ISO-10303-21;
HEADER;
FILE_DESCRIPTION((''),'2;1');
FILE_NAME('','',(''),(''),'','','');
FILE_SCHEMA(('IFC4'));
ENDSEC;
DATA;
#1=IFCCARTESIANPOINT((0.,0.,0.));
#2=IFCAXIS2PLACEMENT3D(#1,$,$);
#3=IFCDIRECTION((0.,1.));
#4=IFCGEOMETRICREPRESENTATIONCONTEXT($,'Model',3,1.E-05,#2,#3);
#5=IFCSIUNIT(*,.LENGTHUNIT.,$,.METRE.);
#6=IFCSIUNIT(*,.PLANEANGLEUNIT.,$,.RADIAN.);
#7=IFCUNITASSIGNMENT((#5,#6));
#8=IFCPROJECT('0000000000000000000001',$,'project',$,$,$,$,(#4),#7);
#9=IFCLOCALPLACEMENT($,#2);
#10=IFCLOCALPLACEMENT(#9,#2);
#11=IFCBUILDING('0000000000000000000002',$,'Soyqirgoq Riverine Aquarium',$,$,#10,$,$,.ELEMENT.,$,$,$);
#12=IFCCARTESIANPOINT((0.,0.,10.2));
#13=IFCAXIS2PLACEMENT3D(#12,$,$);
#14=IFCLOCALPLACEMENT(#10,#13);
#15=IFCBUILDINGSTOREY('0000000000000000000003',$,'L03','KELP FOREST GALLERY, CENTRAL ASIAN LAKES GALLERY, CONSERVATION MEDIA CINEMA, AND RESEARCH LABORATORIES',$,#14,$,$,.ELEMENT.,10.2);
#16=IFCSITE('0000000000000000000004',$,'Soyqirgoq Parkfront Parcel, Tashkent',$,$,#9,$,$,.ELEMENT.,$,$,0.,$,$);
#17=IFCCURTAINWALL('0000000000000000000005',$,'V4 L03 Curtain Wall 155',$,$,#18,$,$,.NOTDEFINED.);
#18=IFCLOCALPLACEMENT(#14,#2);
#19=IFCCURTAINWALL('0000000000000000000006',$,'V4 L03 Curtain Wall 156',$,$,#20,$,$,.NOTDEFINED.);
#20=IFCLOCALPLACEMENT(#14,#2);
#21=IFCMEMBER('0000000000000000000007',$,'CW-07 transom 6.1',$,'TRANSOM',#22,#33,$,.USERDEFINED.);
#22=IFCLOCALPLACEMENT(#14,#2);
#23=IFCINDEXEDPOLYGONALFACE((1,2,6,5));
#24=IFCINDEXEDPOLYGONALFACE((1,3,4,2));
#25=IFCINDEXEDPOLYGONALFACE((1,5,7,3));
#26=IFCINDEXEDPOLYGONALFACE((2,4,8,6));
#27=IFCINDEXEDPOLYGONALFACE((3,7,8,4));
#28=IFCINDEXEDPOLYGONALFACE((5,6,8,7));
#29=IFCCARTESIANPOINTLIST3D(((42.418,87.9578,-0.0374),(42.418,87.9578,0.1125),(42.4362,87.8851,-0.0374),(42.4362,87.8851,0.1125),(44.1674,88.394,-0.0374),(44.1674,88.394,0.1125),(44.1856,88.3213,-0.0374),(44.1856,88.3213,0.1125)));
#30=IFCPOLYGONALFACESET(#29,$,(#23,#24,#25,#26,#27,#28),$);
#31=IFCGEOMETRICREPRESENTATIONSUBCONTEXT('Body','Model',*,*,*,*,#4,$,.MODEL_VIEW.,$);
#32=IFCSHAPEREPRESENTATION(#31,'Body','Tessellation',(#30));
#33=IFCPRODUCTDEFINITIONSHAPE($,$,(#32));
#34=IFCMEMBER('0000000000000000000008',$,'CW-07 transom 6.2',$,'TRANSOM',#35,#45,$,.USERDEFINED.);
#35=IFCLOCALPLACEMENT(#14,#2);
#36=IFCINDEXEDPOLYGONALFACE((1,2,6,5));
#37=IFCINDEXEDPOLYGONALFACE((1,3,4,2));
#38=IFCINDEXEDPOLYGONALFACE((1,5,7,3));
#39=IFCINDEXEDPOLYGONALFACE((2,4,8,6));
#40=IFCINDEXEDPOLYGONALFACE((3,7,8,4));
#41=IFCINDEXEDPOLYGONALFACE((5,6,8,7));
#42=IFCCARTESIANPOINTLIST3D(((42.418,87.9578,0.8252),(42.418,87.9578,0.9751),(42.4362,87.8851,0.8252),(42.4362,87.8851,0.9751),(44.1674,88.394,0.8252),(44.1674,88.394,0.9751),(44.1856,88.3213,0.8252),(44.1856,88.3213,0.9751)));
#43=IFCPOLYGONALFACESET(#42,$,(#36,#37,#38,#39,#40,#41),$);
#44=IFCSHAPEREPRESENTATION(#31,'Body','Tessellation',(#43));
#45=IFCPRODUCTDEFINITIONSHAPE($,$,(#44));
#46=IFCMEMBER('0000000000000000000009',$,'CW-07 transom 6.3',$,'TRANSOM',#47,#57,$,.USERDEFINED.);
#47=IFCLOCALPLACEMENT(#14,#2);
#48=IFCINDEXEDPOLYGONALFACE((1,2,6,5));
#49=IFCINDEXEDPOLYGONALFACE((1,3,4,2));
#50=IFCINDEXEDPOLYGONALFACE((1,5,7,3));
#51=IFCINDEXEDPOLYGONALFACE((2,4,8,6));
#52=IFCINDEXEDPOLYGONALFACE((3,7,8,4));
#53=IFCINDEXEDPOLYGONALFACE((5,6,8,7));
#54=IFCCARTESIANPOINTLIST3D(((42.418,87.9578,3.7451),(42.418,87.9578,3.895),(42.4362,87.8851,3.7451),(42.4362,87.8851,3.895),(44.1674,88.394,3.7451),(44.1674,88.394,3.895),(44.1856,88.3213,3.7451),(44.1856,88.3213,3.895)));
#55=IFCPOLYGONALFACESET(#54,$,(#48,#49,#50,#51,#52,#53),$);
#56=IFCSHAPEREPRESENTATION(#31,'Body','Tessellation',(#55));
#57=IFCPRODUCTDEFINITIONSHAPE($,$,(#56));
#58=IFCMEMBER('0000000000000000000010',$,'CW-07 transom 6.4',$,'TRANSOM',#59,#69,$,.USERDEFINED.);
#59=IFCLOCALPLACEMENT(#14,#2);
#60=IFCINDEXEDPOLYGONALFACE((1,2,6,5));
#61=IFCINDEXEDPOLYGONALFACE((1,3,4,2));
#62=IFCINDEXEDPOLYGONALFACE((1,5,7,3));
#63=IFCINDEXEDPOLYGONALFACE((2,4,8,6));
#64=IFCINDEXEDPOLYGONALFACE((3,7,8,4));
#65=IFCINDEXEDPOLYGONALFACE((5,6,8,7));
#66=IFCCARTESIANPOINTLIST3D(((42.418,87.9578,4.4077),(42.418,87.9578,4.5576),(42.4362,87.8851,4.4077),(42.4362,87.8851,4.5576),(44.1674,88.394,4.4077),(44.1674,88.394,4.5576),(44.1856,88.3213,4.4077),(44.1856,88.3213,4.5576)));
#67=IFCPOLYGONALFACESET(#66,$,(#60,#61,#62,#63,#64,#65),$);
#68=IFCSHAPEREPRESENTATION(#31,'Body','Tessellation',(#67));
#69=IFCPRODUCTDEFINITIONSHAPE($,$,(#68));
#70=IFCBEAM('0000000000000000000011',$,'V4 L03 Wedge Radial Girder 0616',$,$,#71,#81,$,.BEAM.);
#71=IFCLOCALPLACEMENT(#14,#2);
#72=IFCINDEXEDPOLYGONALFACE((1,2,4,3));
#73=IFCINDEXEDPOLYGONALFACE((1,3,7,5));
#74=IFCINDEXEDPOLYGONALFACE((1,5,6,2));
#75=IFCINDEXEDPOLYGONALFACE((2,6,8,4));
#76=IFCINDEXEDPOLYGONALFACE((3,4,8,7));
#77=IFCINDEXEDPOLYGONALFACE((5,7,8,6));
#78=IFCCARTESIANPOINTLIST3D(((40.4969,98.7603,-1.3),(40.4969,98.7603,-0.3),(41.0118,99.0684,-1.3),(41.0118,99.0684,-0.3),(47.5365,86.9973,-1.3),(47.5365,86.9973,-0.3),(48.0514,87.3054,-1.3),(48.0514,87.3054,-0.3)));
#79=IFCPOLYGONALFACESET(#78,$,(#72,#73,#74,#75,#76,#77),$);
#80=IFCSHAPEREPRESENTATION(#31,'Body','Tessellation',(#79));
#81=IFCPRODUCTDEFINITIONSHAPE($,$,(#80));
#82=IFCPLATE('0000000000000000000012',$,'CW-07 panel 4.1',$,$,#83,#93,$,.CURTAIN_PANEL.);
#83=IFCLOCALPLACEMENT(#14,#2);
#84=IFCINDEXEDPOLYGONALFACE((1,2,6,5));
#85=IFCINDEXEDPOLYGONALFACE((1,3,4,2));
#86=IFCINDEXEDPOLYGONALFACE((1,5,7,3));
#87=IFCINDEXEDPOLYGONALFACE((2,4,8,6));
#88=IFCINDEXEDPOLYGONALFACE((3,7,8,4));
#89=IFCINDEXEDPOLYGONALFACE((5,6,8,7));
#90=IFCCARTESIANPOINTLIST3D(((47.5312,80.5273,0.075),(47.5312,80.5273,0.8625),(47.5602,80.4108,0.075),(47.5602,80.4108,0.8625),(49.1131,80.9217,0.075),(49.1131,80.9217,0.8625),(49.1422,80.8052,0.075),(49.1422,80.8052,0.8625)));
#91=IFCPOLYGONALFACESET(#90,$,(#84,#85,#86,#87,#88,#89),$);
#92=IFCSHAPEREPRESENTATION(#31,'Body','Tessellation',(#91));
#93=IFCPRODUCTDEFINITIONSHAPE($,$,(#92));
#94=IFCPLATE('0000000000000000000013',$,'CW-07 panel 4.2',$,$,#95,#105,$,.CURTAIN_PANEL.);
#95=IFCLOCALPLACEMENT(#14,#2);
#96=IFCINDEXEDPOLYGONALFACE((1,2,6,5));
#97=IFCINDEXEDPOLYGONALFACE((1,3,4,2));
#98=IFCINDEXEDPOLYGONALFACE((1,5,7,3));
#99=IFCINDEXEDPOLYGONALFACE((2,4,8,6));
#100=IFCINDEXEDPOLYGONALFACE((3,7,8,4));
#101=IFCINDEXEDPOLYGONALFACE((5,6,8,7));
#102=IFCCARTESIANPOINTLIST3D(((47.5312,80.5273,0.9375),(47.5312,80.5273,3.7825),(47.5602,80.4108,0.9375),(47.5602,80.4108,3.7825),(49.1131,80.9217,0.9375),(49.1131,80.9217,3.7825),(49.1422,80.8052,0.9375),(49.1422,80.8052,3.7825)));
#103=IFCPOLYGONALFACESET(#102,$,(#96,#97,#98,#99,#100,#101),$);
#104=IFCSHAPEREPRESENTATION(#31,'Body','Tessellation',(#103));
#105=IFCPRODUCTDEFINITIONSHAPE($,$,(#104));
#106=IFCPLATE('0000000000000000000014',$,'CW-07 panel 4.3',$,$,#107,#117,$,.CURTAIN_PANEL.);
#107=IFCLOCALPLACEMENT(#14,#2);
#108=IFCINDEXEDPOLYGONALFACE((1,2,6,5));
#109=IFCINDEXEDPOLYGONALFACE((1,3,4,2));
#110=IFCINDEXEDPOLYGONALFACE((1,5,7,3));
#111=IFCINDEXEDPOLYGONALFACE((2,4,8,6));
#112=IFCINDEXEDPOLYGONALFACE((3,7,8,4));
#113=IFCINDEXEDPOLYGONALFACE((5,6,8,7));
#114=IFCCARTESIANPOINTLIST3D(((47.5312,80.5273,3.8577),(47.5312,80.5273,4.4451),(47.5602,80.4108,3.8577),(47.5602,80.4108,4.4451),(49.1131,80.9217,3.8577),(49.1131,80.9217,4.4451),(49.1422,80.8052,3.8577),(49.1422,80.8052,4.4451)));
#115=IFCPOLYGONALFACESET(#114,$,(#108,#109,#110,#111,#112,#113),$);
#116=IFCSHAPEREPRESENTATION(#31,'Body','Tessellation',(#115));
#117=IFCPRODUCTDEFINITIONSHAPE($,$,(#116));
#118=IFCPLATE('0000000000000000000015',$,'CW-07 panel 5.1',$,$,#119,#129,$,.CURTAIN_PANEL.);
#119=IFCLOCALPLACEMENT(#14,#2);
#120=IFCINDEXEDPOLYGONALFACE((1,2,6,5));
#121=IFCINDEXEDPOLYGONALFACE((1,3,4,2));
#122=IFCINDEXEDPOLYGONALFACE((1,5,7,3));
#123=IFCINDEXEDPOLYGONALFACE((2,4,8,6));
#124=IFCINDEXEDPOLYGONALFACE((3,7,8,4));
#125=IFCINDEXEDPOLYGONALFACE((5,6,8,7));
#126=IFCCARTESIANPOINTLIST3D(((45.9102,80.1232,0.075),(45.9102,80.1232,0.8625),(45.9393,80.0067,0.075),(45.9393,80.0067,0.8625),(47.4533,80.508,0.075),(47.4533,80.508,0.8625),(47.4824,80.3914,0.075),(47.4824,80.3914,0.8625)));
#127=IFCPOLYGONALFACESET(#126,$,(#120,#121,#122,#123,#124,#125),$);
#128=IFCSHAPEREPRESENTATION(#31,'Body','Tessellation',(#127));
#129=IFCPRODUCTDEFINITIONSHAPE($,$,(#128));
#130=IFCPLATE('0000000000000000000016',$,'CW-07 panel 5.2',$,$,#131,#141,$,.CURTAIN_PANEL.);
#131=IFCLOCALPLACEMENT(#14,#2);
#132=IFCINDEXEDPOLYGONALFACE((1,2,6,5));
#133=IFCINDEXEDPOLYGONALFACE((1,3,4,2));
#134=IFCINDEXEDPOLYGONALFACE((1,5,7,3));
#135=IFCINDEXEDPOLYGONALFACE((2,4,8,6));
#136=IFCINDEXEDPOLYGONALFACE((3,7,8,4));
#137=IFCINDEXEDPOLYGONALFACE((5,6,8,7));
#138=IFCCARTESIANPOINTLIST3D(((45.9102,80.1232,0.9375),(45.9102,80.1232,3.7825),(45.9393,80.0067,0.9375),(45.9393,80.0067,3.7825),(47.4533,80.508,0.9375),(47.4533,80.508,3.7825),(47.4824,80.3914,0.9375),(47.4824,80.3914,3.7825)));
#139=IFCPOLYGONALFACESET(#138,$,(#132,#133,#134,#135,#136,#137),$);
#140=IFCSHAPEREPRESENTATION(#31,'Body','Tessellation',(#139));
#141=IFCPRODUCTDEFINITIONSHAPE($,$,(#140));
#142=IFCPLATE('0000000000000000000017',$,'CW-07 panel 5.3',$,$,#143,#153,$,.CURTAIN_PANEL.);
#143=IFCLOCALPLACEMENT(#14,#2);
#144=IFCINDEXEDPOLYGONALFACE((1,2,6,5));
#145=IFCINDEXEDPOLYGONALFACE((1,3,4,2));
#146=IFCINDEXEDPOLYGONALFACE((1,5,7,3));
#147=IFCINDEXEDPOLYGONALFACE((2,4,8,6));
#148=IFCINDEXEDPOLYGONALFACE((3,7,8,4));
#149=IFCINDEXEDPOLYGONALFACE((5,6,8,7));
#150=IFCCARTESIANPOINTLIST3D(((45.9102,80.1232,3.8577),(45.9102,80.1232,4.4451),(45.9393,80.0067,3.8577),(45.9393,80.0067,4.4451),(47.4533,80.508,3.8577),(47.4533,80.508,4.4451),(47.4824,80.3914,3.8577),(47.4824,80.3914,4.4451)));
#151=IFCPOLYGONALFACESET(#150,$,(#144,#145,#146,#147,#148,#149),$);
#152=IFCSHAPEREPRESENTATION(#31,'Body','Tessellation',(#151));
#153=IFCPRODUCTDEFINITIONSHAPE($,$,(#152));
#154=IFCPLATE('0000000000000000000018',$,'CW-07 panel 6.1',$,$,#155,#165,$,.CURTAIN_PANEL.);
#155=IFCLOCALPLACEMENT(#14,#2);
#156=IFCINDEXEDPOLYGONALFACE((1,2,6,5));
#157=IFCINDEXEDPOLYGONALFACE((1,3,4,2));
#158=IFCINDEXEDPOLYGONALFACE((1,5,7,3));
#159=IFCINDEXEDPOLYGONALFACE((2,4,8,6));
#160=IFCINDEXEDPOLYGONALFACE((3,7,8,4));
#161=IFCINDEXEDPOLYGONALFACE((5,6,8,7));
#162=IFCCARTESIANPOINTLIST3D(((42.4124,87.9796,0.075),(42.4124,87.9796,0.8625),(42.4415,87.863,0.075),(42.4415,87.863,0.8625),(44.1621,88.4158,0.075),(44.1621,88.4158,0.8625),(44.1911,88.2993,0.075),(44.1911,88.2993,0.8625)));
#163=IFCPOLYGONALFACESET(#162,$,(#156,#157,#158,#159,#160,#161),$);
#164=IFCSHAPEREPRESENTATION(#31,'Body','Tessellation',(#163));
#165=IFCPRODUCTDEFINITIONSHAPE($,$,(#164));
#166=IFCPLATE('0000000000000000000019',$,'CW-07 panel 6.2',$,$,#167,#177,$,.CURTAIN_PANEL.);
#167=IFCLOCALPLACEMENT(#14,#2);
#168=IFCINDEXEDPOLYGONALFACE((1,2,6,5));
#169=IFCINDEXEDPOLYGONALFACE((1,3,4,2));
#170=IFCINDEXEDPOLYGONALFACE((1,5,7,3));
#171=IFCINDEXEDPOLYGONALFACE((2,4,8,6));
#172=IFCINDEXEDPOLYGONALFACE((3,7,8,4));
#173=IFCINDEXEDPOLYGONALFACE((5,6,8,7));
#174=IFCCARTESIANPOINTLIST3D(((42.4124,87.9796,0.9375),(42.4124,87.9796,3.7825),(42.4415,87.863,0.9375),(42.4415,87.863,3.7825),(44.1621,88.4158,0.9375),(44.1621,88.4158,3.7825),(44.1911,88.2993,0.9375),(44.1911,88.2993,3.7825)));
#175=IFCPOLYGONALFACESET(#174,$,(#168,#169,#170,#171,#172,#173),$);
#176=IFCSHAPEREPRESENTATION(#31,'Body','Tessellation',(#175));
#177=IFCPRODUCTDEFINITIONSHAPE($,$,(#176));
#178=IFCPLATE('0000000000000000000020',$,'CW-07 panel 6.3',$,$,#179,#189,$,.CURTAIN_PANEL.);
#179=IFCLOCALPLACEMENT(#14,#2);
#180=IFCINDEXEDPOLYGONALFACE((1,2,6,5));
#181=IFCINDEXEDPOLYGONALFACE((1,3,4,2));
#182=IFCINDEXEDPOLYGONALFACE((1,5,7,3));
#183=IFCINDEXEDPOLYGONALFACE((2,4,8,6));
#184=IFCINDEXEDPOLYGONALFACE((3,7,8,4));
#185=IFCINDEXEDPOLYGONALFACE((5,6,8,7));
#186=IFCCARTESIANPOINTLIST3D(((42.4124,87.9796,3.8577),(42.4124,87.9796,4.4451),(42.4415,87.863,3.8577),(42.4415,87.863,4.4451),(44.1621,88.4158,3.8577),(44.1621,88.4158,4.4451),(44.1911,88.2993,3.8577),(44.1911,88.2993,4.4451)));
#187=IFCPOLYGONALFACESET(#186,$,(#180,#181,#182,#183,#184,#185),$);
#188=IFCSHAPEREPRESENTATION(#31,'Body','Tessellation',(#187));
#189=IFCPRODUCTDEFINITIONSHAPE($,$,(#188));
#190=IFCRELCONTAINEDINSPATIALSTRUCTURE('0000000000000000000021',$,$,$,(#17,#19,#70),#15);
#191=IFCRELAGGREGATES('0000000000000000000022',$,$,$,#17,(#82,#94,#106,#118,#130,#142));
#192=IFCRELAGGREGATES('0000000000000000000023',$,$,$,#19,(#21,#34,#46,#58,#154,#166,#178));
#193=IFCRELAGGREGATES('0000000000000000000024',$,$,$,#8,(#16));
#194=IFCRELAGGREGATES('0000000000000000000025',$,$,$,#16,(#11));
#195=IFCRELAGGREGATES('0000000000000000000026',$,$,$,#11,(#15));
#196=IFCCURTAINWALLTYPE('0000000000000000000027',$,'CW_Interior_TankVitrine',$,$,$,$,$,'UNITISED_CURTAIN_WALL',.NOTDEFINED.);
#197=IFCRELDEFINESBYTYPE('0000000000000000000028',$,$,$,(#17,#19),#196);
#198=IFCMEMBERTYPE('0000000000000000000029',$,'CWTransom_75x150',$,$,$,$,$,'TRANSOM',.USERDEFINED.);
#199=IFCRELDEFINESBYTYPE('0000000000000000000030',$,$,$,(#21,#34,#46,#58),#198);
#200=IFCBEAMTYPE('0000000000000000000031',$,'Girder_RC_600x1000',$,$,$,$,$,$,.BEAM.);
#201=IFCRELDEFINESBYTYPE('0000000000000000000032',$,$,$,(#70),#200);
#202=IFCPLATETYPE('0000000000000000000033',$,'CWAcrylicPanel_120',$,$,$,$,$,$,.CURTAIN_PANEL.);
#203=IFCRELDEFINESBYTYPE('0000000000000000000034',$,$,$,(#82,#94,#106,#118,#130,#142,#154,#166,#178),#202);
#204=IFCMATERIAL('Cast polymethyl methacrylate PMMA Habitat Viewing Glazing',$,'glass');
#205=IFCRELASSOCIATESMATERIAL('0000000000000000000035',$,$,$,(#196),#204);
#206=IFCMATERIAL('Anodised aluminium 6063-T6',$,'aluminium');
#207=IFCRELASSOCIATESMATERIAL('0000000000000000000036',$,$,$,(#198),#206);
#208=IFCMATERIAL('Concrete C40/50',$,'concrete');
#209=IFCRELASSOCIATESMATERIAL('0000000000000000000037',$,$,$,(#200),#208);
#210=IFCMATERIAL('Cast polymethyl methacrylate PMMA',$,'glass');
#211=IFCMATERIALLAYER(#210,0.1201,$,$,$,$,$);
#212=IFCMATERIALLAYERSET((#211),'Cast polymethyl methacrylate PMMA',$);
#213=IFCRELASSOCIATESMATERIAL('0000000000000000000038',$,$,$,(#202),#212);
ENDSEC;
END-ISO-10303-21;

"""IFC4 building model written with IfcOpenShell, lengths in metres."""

from ifc_helpers import new_model, si_unit, direction, frame, origin, origin_2d, place, context, subcontext, project, spatial, rectangle, extrude, material, layer, layer_set, material_profile, profile_set, type_object, element, aggregate, save


model = new_model("IFC4")

# Units and contexts
model_context = context("Model", 3, precision=1e-05, world=origin(), true_north=direction((0.0, 1.0)))
body_context = subcontext(model_context, "Body", "Model", "MODEL_VIEW")
ifc_project = project(units=[si_unit("LENGTHUNIT", "METRE"), si_unit("PLANEANGLEUNIT", "RADIAN")], contexts=[model_context])

# Site, building, storey
site_placement = place(None, origin())
site = spatial("IfcSite", under=ifc_project, at=site_placement, Name="Soyqirgoq Parkfront Parcel, Tashkent", CompositionType="ELEMENT", RefElevation=0.0)
building_placement = place(site_placement, origin())
building = spatial("IfcBuilding", under=site, at=building_placement, Name="Soyqirgoq Riverine Aquarium", CompositionType="ELEMENT")
storey_placement = place(building_placement, frame((0.0, 0.0, 10.2)))
storey = spatial("IfcBuildingStorey", under=building, at=storey_placement, Name="L03", Description="KELP FOREST GALLERY, CENTRAL ASIAN LAKES GALLERY, CONSERVATION MEDIA CINEMA, AND RESEARCH LABORATORIES", CompositionType="ELEMENT", Elevation=10.2)

# Curtain wall
ifc_material_1 = material(Name="Cast polymethyl methacrylate PMMA Habitat Viewing Glazing", Category="glass")
curtain_wall_type = type_object("IfcCurtainWallType", Name="CW_Interior_TankVitrine", ElementType="UNITISED_CURTAIN_WALL", PredefinedType="NOTDEFINED", material=ifc_material_1)
curtain_wall_1_placement = place(storey_placement, origin())
curtain_wall_1 = element("IfcCurtainWall", 1, at=curtain_wall_1_placement, inside=storey, type_object=curtain_wall_type, Name="V4 L03 Curtain Wall 155", PredefinedType="NOTDEFINED")

# Curtain wall
curtain_wall_2_placement = place(storey_placement, origin())
curtain_wall_2 = element("IfcCurtainWall", 2, at=curtain_wall_2_placement, inside=storey, type_object=curtain_wall_type, Name="V4 L03 Curtain Wall 156", PredefinedType="NOTDEFINED")

# Members
ifc_material_2 = material(Name="Anodised aluminium 6063-T6", Category="aluminium")
ifc_material_profile_1 = material_profile(ifc_material_2, rectangle(XDim=0.075, YDim=0.1499, at=origin_2d()), Name="ALU-T 75x150")
ifc_profile_set_1 = profile_set([ifc_material_profile_1], Name="Anodised aluminium 6063-T6")
member_type_1 = type_object("IfcMemberType", Name="CWTransom_75x150", ElementType="TRANSOM", PredefinedType="USERDEFINED", material=ifc_profile_set_1)
member_1_placement = place(storey_placement, frame((44.1765, 88.3577, 0.0376), z_axis=(-0.970286, -0.241962, 0.0), x_axis=(0.241962, -0.970286, 0.0)))
member_1 = element("IfcMember", 3, at=member_1_placement, type_object=member_type_1, Name="CW-07 transom 6.1", ObjectType="TRANSOM", PredefinedType="USERDEFINED", context=body_context, shape_type="SweptSolid", body=[
    extrude(rectangle(XDim=0.075, YDim=0.1499, at=origin_2d()), origin(), (0.0, 0.0, 1.0), 1.803),
])
member_2_placement = place(storey_placement, frame((44.1765, 88.3577, 0.9001), z_axis=(-0.970286, -0.241962, 0.0), x_axis=(0.241962, -0.970286, 0.0)))
member_2 = element("IfcMember", 4, at=member_2_placement, type_object=member_type_1, Name="CW-07 transom 6.2", ObjectType="TRANSOM", PredefinedType="USERDEFINED", context=body_context, shape_type="SweptSolid", body=[
    extrude(rectangle(XDim=0.075, YDim=0.1499, at=origin_2d()), origin(), (0.0, 0.0, 1.0), 1.803),
])
member_3_placement = place(storey_placement, frame((44.1765, 88.3577, 3.8201), z_axis=(-0.970286, -0.241962, 0.0), x_axis=(0.241962, -0.970286, 0.0)))
member_3 = element("IfcMember", 5, at=member_3_placement, type_object=member_type_1, Name="CW-07 transom 6.3", ObjectType="TRANSOM", PredefinedType="USERDEFINED", context=body_context, shape_type="SweptSolid", body=[
    extrude(rectangle(XDim=0.075, YDim=0.1499, at=origin_2d()), origin(), (0.0, 0.0, 1.0), 1.803),
])
member_4_placement = place(storey_placement, frame((44.1765, 88.3577, 4.4827), z_axis=(-0.970286, -0.241962, 0.0), x_axis=(0.241962, -0.970286, 0.0)))
member_4 = element("IfcMember", 6, at=member_4_placement, type_object=member_type_1, Name="CW-07 transom 6.4", ObjectType="TRANSOM", PredefinedType="USERDEFINED", context=body_context, shape_type="SweptSolid", body=[
    extrude(rectangle(XDim=0.075, YDim=0.1499, at=origin_2d()), origin(), (0.0, 0.0, 1.0), 1.803),
])

# Beam
ifc_material_3 = material(Name="Concrete C40/50", Category="concrete")
ifc_material_profile_2 = material_profile(ifc_material_3, rectangle(XDim=0.6001, YDim=1.0, at=origin_2d()), Name="RC 600x1000")
ifc_profile_set_2 = profile_set([ifc_material_profile_2], Name="Concrete C40/50")
beam_type_1 = type_object("IfcBeamType", Name="Girder_RC_600x1000", PredefinedType="BEAM", material=ifc_profile_set_2)
beam_1_placement = place(storey_placement, frame((47.7939, 87.1514, -0.8), z_axis=(-0.513519, 0.858079, 0.0), x_axis=(-0.858079, -0.513519, 0.0)))
element("IfcBeam", 7, at=beam_1_placement, inside=storey, type_object=beam_type_1, Name="V4 L03 Wedge Radial Girder 0616", PredefinedType="BEAM", context=body_context, shape_type="SweptSolid", body=[
    extrude(rectangle(XDim=0.6001, YDim=1.0, at=origin_2d()), origin(), (0.0, 0.0, 1.0), 13.7085),
])

# Plates
ifc_material_4 = material(Name="Cast polymethyl methacrylate PMMA", Category="glass")
ifc_layer_1 = layer(ifc_material_4, 0.1201)
ifc_layer_set_1 = layer_set([ifc_layer_1], Name="Cast polymethyl methacrylate PMMA")
plate_type = type_object("IfcPlateType", Name="CWAcrylicPanel_120", PredefinedType="CURTAIN_PANEL", material=ifc_layer_set_1)
plate_1_placement = place(storey_placement, frame((48.3367, 80.6663, 0.075), z_axis=(0.0, 0.0, 1.0), x_axis=(-0.970296, -0.241922, 0.0)))
plate_1 = element("IfcPlate", 8, at=plate_1_placement, type_object=plate_type, Name="CW-07 panel 4.1", PredefinedType="CURTAIN_PANEL", context=body_context, shape_type="SweptSolid", body=[
    extrude(rectangle(XDim=1.6304, YDim=0.1201, at=origin_2d()), origin(), (0.0, 0.0, 1.0), 0.7876),
])
plate_2_placement = place(storey_placement, frame((48.3367, 80.6663, 0.9375), z_axis=(0.0, 0.0, 1.0), x_axis=(-0.970296, -0.241922, 0.0)))
plate_2 = element("IfcPlate", 9, at=plate_2_placement, type_object=plate_type, Name="CW-07 panel 4.2", PredefinedType="CURTAIN_PANEL", context=body_context, shape_type="SweptSolid", body=[
    extrude(rectangle(XDim=1.6304, YDim=0.1201, at=origin_2d()), origin(), (0.0, 0.0, 1.0), 2.845),
])
plate_3_placement = place(storey_placement, frame((48.3367, 80.6663, 3.8577), z_axis=(0.0, 0.0, 1.0), x_axis=(-0.970296, -0.241922, 0.0)))
plate_3 = element("IfcPlate", 10, at=plate_3_placement, type_object=plate_type, Name="CW-07 panel 4.3", PredefinedType="CURTAIN_PANEL", context=body_context, shape_type="SweptSolid", body=[
    extrude(rectangle(XDim=1.6304, YDim=0.1201, at=origin_2d()), origin(), (0.0, 0.0, 1.0), 0.5874),
])
plate_4_placement = place(storey_placement, frame((46.6963, 80.2573, 0.075), z_axis=(0.0, 0.0, 1.0), x_axis=(-0.970296, -0.241922, 0.0)))
plate_4 = element("IfcPlate", 11, at=plate_4_placement, type_object=plate_type, Name="CW-07 panel 5.1", PredefinedType="CURTAIN_PANEL", context=body_context, shape_type="SweptSolid", body=[
    extrude(rectangle(XDim=1.5903, YDim=0.1201, at=origin_2d()), origin(), (0.0, 0.0, 1.0), 0.7876),
])
plate_5_placement = place(storey_placement, frame((46.6963, 80.2573, 0.9375), z_axis=(0.0, 0.0, 1.0), x_axis=(-0.970296, -0.241922, 0.0)))
plate_5 = element("IfcPlate", 12, at=plate_5_placement, type_object=plate_type, Name="CW-07 panel 5.2", PredefinedType="CURTAIN_PANEL", context=body_context, shape_type="SweptSolid", body=[
    extrude(rectangle(XDim=1.5903, YDim=0.1201, at=origin_2d()), origin(), (0.0, 0.0, 1.0), 2.845),
])
plate_6_placement = place(storey_placement, frame((46.6963, 80.2573, 3.8577), z_axis=(0.0, 0.0, 1.0), x_axis=(-0.970296, -0.241922, 0.0)))
plate_6 = element("IfcPlate", 13, at=plate_6_placement, type_object=plate_type, Name="CW-07 panel 5.3", PredefinedType="CURTAIN_PANEL", context=body_context, shape_type="SweptSolid", body=[
    extrude(rectangle(XDim=1.5903, YDim=0.1201, at=origin_2d()), origin(), (0.0, 0.0, 1.0), 0.5874),
])
aggregate(curtain_wall_1, [plate_1, plate_2, plate_3, plate_4, plate_5, plate_6])
plate_7_placement = place(storey_placement, frame((43.3018, 88.1394, 0.075), z_axis=(0.0, 0.0, 1.0), x_axis=(-0.970295, -0.241926, 0.0)))
plate_7 = element("IfcPlate", 14, at=plate_7_placement, type_object=plate_type, Name="CW-07 panel 6.1", PredefinedType="CURTAIN_PANEL", context=body_context, shape_type="SweptSolid", body=[
    extrude(rectangle(XDim=1.8032, YDim=0.1201, at=origin_2d()), origin(), (0.0, 0.0, 1.0), 0.7876),
])
plate_8_placement = place(storey_placement, frame((43.3018, 88.1394, 0.9375), z_axis=(0.0, 0.0, 1.0), x_axis=(-0.970295, -0.241926, 0.0)))
plate_8 = element("IfcPlate", 15, at=plate_8_placement, type_object=plate_type, Name="CW-07 panel 6.2", PredefinedType="CURTAIN_PANEL", context=body_context, shape_type="SweptSolid", body=[
    extrude(rectangle(XDim=1.8032, YDim=0.1201, at=origin_2d()), origin(), (0.0, 0.0, 1.0), 2.845),
])
plate_9_placement = place(storey_placement, frame((43.3018, 88.1394, 3.8577), z_axis=(0.0, 0.0, 1.0), x_axis=(-0.970295, -0.241926, 0.0)))
plate_9 = element("IfcPlate", 16, at=plate_9_placement, type_object=plate_type, Name="CW-07 panel 6.3", PredefinedType="CURTAIN_PANEL", context=body_context, shape_type="SweptSolid", body=[
    extrude(rectangle(XDim=1.8032, YDim=0.1201, at=origin_2d()), origin(), (0.0, 0.0, 1.0), 0.5874),
])
aggregate(curtain_wall_2, [member_1, member_2, member_3, member_4, plate_7, plate_8, plate_9])

save(model, "model.ifc")
